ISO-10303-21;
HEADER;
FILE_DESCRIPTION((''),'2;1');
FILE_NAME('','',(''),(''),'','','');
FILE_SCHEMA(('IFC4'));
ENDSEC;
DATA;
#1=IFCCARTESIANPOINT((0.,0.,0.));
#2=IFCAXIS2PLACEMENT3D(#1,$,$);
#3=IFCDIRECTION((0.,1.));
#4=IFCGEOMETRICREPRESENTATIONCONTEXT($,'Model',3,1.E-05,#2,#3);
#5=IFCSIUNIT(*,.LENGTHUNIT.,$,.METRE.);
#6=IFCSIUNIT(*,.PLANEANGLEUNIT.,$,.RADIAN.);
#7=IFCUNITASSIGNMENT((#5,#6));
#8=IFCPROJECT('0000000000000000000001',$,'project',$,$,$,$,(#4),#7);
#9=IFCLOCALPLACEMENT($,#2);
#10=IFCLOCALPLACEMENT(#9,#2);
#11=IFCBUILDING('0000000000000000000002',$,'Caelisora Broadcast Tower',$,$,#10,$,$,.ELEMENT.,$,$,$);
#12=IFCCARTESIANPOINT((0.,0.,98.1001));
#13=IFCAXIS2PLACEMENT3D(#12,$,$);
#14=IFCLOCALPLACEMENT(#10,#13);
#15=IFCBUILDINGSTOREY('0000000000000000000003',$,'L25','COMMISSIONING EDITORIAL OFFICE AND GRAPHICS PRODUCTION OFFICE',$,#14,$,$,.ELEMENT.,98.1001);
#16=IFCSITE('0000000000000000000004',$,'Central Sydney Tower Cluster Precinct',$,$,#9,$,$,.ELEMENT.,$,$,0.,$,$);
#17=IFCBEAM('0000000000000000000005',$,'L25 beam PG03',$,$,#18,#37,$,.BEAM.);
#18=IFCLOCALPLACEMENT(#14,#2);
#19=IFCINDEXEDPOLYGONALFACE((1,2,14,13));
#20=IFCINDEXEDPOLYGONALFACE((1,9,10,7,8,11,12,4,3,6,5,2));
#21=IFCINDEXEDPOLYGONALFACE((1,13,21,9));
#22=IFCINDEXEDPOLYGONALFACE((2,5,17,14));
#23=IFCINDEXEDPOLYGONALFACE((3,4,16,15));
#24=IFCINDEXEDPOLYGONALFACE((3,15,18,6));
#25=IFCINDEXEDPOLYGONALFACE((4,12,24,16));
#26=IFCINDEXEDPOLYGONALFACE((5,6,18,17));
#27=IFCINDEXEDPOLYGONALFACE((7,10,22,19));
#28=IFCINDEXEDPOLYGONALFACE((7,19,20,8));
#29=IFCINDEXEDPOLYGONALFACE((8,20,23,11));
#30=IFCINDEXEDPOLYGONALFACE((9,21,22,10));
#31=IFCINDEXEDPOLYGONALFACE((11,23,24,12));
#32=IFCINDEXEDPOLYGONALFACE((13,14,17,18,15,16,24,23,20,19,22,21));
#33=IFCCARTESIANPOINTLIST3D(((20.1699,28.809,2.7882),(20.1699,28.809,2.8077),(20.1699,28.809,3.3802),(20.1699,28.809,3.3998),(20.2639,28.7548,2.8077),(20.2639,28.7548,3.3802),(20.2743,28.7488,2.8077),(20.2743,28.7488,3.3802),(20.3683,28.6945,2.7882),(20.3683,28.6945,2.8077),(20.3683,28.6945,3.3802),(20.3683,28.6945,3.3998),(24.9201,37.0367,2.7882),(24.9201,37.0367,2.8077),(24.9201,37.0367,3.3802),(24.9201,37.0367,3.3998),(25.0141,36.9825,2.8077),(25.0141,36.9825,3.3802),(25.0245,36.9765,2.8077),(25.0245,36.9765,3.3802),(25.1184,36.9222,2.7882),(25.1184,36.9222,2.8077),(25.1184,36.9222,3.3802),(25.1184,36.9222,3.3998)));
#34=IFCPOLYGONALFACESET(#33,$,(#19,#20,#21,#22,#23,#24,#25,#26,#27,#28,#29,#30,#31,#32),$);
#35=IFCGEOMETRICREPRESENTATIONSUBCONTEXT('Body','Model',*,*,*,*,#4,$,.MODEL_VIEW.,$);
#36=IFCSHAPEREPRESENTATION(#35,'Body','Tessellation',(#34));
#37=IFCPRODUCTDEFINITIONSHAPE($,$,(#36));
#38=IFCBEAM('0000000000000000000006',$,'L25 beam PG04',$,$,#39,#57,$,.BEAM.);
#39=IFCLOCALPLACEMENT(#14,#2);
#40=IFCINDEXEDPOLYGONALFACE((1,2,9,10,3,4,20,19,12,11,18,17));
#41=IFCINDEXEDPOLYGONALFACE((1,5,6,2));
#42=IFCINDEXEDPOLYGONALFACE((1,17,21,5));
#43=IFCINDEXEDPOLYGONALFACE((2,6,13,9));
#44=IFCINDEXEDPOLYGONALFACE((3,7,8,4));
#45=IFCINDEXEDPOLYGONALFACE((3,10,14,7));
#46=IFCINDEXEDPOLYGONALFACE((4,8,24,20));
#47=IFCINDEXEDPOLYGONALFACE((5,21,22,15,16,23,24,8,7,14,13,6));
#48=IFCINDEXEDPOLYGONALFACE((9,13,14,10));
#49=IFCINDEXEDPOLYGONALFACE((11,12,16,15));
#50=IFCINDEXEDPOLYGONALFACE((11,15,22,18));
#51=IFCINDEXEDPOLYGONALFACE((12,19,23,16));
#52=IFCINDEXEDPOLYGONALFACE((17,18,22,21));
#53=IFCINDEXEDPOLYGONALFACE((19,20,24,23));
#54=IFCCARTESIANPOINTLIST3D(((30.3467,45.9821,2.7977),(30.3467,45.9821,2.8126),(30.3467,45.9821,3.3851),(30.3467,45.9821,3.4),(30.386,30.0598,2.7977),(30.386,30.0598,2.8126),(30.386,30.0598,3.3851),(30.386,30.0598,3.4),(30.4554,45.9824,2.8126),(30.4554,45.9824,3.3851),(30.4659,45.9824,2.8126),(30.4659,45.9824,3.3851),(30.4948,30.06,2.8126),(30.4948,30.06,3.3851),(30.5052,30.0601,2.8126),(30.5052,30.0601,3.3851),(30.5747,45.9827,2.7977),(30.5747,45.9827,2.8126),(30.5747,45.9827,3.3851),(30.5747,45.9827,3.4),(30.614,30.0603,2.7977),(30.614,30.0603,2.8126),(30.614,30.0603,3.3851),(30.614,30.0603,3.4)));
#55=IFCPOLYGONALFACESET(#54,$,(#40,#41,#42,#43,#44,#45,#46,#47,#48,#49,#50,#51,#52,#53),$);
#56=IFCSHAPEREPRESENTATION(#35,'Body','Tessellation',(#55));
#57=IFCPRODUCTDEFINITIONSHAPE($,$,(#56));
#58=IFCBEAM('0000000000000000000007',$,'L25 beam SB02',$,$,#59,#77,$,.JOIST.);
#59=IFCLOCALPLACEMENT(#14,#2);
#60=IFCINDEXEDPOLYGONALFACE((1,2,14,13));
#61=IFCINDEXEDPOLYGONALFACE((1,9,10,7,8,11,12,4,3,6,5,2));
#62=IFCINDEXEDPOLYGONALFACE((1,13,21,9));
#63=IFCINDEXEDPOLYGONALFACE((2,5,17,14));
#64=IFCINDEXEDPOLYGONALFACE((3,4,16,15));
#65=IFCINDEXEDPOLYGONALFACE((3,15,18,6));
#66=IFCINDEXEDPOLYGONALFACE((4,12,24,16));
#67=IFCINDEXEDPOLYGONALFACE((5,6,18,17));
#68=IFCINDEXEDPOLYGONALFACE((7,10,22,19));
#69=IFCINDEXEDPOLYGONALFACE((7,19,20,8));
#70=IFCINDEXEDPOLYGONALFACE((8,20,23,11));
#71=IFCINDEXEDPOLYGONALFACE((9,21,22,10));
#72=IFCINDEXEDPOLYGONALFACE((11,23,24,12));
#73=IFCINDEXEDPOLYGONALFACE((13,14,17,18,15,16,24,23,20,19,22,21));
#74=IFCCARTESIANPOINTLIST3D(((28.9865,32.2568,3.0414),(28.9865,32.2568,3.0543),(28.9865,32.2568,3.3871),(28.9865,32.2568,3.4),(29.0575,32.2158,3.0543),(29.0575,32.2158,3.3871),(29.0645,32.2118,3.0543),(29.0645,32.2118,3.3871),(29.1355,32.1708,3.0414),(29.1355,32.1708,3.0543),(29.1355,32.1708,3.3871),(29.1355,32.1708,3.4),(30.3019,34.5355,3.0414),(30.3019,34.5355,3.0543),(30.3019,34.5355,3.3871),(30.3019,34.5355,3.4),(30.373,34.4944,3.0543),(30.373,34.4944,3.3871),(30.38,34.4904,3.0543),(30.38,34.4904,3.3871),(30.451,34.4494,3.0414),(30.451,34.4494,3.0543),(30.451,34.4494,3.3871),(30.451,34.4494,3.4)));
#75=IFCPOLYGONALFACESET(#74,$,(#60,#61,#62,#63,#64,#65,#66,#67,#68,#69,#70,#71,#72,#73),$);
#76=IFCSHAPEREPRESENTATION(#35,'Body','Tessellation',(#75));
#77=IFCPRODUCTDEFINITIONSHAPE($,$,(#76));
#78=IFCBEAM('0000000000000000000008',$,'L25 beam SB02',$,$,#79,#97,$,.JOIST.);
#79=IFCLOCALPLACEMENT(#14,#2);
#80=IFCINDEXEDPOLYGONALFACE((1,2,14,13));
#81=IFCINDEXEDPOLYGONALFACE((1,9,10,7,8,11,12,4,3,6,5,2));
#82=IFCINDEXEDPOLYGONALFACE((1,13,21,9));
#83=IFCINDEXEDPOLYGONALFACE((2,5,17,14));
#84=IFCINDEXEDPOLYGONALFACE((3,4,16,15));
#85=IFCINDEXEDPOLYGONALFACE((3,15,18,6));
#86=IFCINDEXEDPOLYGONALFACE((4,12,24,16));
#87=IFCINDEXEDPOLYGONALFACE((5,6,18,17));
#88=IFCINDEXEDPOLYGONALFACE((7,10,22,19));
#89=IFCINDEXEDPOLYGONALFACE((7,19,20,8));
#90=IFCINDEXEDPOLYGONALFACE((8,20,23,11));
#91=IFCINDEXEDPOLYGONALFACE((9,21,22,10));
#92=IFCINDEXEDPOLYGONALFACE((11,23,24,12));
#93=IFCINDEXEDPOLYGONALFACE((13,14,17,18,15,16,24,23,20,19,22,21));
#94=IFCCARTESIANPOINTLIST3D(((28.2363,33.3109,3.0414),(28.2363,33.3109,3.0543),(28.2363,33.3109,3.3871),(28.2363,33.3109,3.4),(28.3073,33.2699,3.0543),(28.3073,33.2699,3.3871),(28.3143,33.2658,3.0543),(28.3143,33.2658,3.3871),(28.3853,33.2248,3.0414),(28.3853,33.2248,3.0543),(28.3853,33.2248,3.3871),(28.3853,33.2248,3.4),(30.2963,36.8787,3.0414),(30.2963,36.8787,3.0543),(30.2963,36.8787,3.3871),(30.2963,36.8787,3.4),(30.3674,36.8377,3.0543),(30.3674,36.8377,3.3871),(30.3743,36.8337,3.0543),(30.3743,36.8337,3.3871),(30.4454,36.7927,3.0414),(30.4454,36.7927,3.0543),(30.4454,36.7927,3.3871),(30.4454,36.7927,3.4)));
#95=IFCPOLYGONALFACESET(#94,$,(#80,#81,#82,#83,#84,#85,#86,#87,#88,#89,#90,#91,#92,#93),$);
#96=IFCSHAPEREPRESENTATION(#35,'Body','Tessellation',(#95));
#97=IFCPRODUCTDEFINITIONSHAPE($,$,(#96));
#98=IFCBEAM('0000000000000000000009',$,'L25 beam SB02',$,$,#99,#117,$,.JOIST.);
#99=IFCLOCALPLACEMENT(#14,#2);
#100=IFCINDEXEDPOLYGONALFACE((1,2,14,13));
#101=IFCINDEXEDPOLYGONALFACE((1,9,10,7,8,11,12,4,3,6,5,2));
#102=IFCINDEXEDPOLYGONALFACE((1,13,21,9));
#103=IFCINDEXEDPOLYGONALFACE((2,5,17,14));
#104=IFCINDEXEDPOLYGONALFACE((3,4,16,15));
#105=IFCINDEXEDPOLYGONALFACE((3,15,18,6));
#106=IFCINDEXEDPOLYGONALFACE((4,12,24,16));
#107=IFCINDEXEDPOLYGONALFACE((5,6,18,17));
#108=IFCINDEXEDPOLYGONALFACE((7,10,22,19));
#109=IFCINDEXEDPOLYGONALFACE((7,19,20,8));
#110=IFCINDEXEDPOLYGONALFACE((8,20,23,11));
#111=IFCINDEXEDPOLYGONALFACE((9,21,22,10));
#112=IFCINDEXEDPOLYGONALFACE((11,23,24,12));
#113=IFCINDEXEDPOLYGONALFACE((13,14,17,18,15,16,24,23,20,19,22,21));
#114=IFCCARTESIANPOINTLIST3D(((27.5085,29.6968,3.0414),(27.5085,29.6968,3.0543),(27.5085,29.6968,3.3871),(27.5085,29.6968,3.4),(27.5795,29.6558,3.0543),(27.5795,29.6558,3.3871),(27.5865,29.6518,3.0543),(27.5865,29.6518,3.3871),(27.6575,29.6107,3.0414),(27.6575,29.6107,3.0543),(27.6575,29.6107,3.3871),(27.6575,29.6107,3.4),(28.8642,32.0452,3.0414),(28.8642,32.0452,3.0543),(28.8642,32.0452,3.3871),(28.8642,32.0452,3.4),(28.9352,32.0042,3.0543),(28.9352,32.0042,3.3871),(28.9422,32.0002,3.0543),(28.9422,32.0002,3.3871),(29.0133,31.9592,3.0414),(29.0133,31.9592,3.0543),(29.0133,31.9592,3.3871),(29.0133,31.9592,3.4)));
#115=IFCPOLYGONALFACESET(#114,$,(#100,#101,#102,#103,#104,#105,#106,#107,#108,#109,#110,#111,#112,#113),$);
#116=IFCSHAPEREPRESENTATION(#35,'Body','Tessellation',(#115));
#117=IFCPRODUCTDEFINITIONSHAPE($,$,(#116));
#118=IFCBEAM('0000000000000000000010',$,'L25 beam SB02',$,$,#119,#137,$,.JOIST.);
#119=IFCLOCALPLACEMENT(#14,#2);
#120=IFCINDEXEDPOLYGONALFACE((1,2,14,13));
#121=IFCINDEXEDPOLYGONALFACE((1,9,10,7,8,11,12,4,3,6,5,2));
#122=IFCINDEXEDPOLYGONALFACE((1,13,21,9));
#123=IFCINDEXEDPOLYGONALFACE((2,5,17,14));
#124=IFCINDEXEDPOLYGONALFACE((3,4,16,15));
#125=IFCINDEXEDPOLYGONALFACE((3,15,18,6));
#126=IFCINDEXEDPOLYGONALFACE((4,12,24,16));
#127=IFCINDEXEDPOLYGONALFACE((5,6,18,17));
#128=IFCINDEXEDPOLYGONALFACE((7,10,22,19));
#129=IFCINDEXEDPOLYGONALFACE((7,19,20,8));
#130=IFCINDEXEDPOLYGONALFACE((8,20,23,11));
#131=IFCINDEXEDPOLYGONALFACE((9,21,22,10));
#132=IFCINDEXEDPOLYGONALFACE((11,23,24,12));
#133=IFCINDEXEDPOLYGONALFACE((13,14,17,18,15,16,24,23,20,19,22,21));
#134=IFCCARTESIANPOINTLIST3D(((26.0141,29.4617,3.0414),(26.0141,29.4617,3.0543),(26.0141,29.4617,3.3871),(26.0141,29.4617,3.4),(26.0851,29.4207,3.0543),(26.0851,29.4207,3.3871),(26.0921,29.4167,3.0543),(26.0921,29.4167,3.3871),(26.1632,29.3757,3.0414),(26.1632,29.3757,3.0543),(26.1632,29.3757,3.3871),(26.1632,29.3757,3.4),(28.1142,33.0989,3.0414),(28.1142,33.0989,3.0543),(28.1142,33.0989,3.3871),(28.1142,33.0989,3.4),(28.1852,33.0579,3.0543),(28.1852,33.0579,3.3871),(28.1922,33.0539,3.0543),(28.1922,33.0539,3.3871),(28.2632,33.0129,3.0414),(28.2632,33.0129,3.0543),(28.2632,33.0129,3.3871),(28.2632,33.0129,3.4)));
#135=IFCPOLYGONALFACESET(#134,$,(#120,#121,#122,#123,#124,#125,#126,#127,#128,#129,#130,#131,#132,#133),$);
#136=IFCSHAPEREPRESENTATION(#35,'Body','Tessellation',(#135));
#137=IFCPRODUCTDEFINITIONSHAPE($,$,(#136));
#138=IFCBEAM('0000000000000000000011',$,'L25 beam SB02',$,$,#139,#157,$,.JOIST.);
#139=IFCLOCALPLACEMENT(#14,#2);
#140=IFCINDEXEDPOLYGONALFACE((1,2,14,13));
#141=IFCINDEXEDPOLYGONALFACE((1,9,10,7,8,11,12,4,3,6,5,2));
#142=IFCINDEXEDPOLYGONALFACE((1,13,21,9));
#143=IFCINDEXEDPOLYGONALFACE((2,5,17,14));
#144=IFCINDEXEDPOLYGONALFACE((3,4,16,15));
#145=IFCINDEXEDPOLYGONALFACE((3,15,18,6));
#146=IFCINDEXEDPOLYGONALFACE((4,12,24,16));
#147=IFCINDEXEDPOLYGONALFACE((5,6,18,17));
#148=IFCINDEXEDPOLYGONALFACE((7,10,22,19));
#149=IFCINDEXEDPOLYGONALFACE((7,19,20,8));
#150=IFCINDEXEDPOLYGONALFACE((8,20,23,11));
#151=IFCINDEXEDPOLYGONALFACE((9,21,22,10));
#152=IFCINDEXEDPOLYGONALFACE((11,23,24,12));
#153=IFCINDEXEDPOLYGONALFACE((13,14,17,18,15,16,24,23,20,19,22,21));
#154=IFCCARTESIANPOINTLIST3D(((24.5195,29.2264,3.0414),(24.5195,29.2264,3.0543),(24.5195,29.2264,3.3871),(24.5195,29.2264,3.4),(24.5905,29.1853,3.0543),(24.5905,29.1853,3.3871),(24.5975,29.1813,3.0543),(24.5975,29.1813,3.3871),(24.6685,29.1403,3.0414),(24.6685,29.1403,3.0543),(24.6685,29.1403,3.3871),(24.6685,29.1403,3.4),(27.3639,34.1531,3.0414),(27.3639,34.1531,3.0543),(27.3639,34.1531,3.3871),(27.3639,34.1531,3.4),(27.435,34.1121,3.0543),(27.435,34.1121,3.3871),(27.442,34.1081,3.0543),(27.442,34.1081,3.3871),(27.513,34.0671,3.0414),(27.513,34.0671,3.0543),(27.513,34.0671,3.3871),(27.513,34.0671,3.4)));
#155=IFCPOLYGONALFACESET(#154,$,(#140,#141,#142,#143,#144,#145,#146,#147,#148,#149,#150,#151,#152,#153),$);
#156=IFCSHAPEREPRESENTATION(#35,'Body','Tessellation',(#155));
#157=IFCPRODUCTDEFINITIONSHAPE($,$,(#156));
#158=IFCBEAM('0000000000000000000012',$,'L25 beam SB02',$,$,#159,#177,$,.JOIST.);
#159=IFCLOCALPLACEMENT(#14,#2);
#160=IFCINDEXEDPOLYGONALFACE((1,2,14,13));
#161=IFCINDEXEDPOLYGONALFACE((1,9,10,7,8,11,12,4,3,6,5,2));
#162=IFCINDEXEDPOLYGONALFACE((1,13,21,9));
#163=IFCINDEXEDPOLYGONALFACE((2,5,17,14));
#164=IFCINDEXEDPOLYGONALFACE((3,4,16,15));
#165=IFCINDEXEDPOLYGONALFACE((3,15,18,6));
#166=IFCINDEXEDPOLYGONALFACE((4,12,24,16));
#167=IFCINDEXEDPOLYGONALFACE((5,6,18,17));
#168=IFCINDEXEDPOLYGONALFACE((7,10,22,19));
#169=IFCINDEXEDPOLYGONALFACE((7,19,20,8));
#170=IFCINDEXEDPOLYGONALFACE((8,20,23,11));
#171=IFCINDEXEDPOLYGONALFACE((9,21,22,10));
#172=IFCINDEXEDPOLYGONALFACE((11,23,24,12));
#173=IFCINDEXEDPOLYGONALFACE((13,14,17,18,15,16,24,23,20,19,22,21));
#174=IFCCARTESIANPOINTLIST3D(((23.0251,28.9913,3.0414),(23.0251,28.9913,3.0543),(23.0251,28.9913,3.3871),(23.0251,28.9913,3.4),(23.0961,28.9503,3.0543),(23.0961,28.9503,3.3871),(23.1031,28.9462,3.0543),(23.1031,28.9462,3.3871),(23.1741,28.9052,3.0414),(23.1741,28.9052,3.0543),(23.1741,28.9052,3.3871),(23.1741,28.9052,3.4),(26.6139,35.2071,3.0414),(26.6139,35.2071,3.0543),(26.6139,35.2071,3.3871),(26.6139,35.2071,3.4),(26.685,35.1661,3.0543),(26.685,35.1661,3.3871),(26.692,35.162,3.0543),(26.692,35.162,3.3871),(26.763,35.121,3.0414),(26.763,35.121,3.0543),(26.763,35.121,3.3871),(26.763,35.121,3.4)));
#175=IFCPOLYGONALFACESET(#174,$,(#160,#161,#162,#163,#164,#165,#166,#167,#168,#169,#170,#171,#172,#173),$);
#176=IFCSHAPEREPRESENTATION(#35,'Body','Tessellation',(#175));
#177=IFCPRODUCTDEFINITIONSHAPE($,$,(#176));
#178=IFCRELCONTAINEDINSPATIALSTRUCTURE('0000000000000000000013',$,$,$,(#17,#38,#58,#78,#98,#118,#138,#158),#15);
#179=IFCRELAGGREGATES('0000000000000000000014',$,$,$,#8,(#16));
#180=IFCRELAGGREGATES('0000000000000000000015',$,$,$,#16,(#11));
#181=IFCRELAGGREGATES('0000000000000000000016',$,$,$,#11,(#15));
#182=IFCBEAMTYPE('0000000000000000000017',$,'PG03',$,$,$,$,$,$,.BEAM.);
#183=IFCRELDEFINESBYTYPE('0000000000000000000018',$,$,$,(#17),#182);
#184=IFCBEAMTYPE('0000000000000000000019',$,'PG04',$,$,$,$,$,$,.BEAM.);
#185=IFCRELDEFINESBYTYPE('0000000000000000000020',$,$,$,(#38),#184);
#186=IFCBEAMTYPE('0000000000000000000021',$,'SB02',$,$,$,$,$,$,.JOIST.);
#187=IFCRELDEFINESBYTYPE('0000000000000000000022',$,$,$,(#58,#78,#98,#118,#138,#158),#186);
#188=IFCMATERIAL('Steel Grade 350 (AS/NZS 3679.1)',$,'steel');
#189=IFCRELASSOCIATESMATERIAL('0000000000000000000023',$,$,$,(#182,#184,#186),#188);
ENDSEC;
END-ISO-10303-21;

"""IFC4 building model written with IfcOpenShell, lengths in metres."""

from ifc_helpers import new_model, si_unit, direction, frame, origin, origin_2d, place, context, subcontext, project, spatial, i_section, extrude, source, transform, mapped, material, material_profile, profile_set, type_object, type_shapes, element, save


model = new_model("IFC4")

# Units and contexts
model_context = context("Model", 3, precision=1e-05, world=origin(), true_north=direction((0.0, 1.0)))
body_context = subcontext(model_context, "Body", "Model", "MODEL_VIEW")
ifc_project = project(units=[si_unit("LENGTHUNIT", "METRE"), si_unit("PLANEANGLEUNIT", "RADIAN")], contexts=[model_context])

# Site, building, storey
site_placement = place(None, origin())
site = spatial("IfcSite", under=ifc_project, at=site_placement, Name="Central Sydney Tower Cluster Precinct", CompositionType="ELEMENT", RefElevation=0.0)
building_placement = place(site_placement, origin())
building = spatial("IfcBuilding", under=site, at=building_placement, Name="Caelisora Broadcast Tower", CompositionType="ELEMENT")
storey_placement = place(building_placement, frame((0.0, 0.0, 98.1001)))
storey = spatial("IfcBuildingStorey", under=building, at=storey_placement, Name="L25", Description="COMMISSIONING EDITORIAL OFFICE AND GRAPHICS PRODUCTION OFFICE", CompositionType="ELEMENT", Elevation=98.1001)

# Beams
ifc_material_1 = material(Name="Steel Grade 350 (AS/NZS 3679.1)", Category="steel")
ifc_material_profile_1 = material_profile(ifc_material_1, i_section(OverallWidth=0.229, OverallDepth=0.6116, WebThickness=0.012, FlangeThickness=0.0195, at=origin_2d()), Name="Steel Grade 350 (AS/NZS 3679.1)")
ifc_profile_set_1 = profile_set([ifc_material_profile_1], Name="Steel Grade 350 (AS/NZS 3679.1)")
beam_type_1 = type_object("IfcBeamType", Name="PG03", PredefinedType="BEAM", material=ifc_profile_set_1)
shared_shape_1 = source(origin(), body_context, "Body", "SweptSolid", [
    extrude(i_section(OverallWidth=0.229, OverallDepth=0.6116, WebThickness=0.012, FlangeThickness=0.0195, at=origin_2d()), origin(), (0.0, 0.0, 1.0), 9.5005),
])
type_shapes(beam_type_1, [shared_shape_1])
beam_1_placement = place(storey_placement, frame((25.0193, 36.9795, 3.094), z_axis=(-0.499995, -0.866029, 0.0), x_axis=(0.866029, -0.499995, 0.0)))
element("IfcBeam", 1, at=beam_1_placement, inside=storey, type_object=beam_type_1, Name="L25 beam PG03", PredefinedType="BEAM", context=body_context, shape_type="MappedRepresentation", body=[
    mapped(shared_shape_1, transform((0.0, 0.0, 0.0), scale=1.0)),
])
ifc_material_profile_2 = material_profile(ifc_material_1, i_section(OverallWidth=0.228, OverallDepth=0.6023, WebThickness=0.0105, FlangeThickness=0.0149, at=origin_2d()), Name="Steel Grade 350 (AS/NZS 3679.1)")
ifc_profile_set_2 = profile_set([ifc_material_profile_2], Name="Steel Grade 350 (AS/NZS 3679.1)")
beam_type_2 = type_object("IfcBeamType", Name="PG04", PredefinedType="BEAM", material=ifc_profile_set_2)
shared_shape_2 = source(origin(), body_context, "Body", "SweptSolid", [
    extrude(i_section(OverallWidth=0.228, OverallDepth=0.6023, WebThickness=0.0105, FlangeThickness=0.0149, at=origin_2d()), origin(), (0.0, 0.0, 1.0), 15.9224),
])
type_shapes(beam_type_2, [shared_shape_2])
beam_2_placement = place(storey_placement, frame((30.5, 30.0601, 3.0989), z_axis=(-0.002469, 0.999997, 0.0), x_axis=(-0.999997, -0.002469, 0.0)))
element("IfcBeam", 2, at=beam_2_placement, inside=storey, type_object=beam_type_2, Name="L25 beam PG04", PredefinedType="BEAM", context=body_context, shape_type="MappedRepresentation", body=[
    mapped(shared_shape_2, transform((0.0, 0.0, 0.0), scale=1.0)),
])
ifc_material_profile_3 = material_profile(ifc_material_1, i_section(OverallWidth=0.1721, OverallDepth=0.3586, WebThickness=0.0081, FlangeThickness=0.0129, at=origin_2d()), Name="Steel Grade 350 (AS/NZS 3679.1)")
ifc_profile_set_3 = profile_set([ifc_material_profile_3], Name="Steel Grade 350 (AS/NZS 3679.1)")
beam_type_3 = type_object("IfcBeamType", Name="SB02", PredefinedType="JOIST", material=ifc_profile_set_3)
shared_shape_3 = source(origin(), body_context, "Body", "SweptSolid", [
    extrude(i_section(OverallWidth=0.1721, OverallDepth=0.3586, WebThickness=0.0081, FlangeThickness=0.0129, at=origin_2d()), origin(), (0.0, 0.0, 1.0), 2.6311),
])
beam_3_placement = place(storey_placement, frame((30.3765, 34.4924, 3.2207), z_axis=(-0.499971, -0.866042, 0.0), x_axis=(0.866042, -0.499971, 0.0)))
element("IfcBeam", 3, at=beam_3_placement, inside=storey, type_object=beam_type_3, Name="L25 beam SB02", PredefinedType="JOIST", context=body_context, shape_type="MappedRepresentation", body=[
    mapped(shared_shape_3, transform((0.0, 0.0, 0.0), scale=1.0)),
])
shared_shape_4 = source(origin(), body_context, "Body", "SweptSolid", [
    extrude(i_section(OverallWidth=0.1721, OverallDepth=0.3586, WebThickness=0.0081, FlangeThickness=0.0129, at=origin_2d()), origin(), (0.0, 0.0, 1.0), 4.1199),
])
beam_4_placement = place(storey_placement, frame((30.3708, 36.8357, 3.2207), z_axis=(-0.500027, -0.86601, 0.0), x_axis=(0.86601, -0.500027, 0.0)))
element("IfcBeam", 4, at=beam_4_placement, inside=storey, type_object=beam_type_3, Name="L25 beam SB02", PredefinedType="JOIST", context=body_context, shape_type="MappedRepresentation", body=[
    mapped(shared_shape_4, transform((0.0, 0.0, 0.0), scale=1.0)),
])
shared_shape_5 = source(origin(), body_context, "Body", "SweptSolid", [
    extrude(i_section(OverallWidth=0.1721, OverallDepth=0.3586, WebThickness=0.0081, FlangeThickness=0.0129, at=origin_2d()), origin(), (0.0, 0.0, 1.0), 2.7117),
])
beam_5_placement = place(storey_placement, frame((28.9387, 32.0022, 3.2207), z_axis=(-0.499964, -0.866046, 0.0), x_axis=(0.866046, -0.499964, 0.0)))
element("IfcBeam", 5, at=beam_5_placement, inside=storey, type_object=beam_type_3, Name="L25 beam SB02", PredefinedType="JOIST", context=body_context, shape_type="MappedRepresentation", body=[
    mapped(shared_shape_5, transform((0.0, 0.0, 0.0), scale=1.0)),
])
shared_shape_6 = source(origin(), body_context, "Body", "SweptSolid", [
    extrude(i_section(OverallWidth=0.1721, OverallDepth=0.3586, WebThickness=0.0081, FlangeThickness=0.0129, at=origin_2d()), origin(), (0.0, 0.0, 1.0), 4.2),
])
beam_6_placement = place(storey_placement, frame((28.1887, 33.0559, 3.2207), z_axis=(-0.500028, -0.866009, 0.0), x_axis=(0.866009, -0.500028, 0.0)))
element("IfcBeam", 6, at=beam_6_placement, inside=storey, type_object=beam_type_3, Name="L25 beam SB02", PredefinedType="JOIST", context=body_context, shape_type="MappedRepresentation", body=[
    mapped(shared_shape_6, transform((0.0, 0.0, 0.0), scale=1.0)),
])
shared_shape_7 = source(origin(), body_context, "Body", "SweptSolid", [
    extrude(i_section(OverallWidth=0.1721, OverallDepth=0.3586, WebThickness=0.0081, FlangeThickness=0.0129, at=origin_2d()), origin(), (0.0, 0.0, 1.0), 5.689),
])
beam_7_placement = place(storey_placement, frame((27.4385, 34.1101, 3.2207), z_axis=(-0.500002, -0.866024, 0.0), x_axis=(0.866024, -0.500002, 0.0)))
element("IfcBeam", 7, at=beam_7_placement, inside=storey, type_object=beam_type_3, Name="L25 beam SB02", PredefinedType="JOIST", context=body_context, shape_type="MappedRepresentation", body=[
    mapped(shared_shape_7, transform((0.0, 0.0, 0.0), scale=1.0)),
])
shared_shape_8 = source(origin(), body_context, "Body", "SweptSolid", [
    extrude(i_section(OverallWidth=0.1721, OverallDepth=0.3586, WebThickness=0.0081, FlangeThickness=0.0129, at=origin_2d()), origin(), (0.0, 0.0, 1.0), 7.1775),
])
beam_8_placement = place(storey_placement, frame((26.6885, 35.1641, 3.2207), z_axis=(-0.500017, -0.866016, 0.0), x_axis=(0.866016, -0.500017, 0.0)))
element("IfcBeam", 8, at=beam_8_placement, inside=storey, type_object=beam_type_3, Name="L25 beam SB02", PredefinedType="JOIST", context=body_context, shape_type="MappedRepresentation", body=[
    mapped(shared_shape_8, transform((0.0, 0.0, 0.0), scale=1.0)),
])

save(model, "model.ifc")
